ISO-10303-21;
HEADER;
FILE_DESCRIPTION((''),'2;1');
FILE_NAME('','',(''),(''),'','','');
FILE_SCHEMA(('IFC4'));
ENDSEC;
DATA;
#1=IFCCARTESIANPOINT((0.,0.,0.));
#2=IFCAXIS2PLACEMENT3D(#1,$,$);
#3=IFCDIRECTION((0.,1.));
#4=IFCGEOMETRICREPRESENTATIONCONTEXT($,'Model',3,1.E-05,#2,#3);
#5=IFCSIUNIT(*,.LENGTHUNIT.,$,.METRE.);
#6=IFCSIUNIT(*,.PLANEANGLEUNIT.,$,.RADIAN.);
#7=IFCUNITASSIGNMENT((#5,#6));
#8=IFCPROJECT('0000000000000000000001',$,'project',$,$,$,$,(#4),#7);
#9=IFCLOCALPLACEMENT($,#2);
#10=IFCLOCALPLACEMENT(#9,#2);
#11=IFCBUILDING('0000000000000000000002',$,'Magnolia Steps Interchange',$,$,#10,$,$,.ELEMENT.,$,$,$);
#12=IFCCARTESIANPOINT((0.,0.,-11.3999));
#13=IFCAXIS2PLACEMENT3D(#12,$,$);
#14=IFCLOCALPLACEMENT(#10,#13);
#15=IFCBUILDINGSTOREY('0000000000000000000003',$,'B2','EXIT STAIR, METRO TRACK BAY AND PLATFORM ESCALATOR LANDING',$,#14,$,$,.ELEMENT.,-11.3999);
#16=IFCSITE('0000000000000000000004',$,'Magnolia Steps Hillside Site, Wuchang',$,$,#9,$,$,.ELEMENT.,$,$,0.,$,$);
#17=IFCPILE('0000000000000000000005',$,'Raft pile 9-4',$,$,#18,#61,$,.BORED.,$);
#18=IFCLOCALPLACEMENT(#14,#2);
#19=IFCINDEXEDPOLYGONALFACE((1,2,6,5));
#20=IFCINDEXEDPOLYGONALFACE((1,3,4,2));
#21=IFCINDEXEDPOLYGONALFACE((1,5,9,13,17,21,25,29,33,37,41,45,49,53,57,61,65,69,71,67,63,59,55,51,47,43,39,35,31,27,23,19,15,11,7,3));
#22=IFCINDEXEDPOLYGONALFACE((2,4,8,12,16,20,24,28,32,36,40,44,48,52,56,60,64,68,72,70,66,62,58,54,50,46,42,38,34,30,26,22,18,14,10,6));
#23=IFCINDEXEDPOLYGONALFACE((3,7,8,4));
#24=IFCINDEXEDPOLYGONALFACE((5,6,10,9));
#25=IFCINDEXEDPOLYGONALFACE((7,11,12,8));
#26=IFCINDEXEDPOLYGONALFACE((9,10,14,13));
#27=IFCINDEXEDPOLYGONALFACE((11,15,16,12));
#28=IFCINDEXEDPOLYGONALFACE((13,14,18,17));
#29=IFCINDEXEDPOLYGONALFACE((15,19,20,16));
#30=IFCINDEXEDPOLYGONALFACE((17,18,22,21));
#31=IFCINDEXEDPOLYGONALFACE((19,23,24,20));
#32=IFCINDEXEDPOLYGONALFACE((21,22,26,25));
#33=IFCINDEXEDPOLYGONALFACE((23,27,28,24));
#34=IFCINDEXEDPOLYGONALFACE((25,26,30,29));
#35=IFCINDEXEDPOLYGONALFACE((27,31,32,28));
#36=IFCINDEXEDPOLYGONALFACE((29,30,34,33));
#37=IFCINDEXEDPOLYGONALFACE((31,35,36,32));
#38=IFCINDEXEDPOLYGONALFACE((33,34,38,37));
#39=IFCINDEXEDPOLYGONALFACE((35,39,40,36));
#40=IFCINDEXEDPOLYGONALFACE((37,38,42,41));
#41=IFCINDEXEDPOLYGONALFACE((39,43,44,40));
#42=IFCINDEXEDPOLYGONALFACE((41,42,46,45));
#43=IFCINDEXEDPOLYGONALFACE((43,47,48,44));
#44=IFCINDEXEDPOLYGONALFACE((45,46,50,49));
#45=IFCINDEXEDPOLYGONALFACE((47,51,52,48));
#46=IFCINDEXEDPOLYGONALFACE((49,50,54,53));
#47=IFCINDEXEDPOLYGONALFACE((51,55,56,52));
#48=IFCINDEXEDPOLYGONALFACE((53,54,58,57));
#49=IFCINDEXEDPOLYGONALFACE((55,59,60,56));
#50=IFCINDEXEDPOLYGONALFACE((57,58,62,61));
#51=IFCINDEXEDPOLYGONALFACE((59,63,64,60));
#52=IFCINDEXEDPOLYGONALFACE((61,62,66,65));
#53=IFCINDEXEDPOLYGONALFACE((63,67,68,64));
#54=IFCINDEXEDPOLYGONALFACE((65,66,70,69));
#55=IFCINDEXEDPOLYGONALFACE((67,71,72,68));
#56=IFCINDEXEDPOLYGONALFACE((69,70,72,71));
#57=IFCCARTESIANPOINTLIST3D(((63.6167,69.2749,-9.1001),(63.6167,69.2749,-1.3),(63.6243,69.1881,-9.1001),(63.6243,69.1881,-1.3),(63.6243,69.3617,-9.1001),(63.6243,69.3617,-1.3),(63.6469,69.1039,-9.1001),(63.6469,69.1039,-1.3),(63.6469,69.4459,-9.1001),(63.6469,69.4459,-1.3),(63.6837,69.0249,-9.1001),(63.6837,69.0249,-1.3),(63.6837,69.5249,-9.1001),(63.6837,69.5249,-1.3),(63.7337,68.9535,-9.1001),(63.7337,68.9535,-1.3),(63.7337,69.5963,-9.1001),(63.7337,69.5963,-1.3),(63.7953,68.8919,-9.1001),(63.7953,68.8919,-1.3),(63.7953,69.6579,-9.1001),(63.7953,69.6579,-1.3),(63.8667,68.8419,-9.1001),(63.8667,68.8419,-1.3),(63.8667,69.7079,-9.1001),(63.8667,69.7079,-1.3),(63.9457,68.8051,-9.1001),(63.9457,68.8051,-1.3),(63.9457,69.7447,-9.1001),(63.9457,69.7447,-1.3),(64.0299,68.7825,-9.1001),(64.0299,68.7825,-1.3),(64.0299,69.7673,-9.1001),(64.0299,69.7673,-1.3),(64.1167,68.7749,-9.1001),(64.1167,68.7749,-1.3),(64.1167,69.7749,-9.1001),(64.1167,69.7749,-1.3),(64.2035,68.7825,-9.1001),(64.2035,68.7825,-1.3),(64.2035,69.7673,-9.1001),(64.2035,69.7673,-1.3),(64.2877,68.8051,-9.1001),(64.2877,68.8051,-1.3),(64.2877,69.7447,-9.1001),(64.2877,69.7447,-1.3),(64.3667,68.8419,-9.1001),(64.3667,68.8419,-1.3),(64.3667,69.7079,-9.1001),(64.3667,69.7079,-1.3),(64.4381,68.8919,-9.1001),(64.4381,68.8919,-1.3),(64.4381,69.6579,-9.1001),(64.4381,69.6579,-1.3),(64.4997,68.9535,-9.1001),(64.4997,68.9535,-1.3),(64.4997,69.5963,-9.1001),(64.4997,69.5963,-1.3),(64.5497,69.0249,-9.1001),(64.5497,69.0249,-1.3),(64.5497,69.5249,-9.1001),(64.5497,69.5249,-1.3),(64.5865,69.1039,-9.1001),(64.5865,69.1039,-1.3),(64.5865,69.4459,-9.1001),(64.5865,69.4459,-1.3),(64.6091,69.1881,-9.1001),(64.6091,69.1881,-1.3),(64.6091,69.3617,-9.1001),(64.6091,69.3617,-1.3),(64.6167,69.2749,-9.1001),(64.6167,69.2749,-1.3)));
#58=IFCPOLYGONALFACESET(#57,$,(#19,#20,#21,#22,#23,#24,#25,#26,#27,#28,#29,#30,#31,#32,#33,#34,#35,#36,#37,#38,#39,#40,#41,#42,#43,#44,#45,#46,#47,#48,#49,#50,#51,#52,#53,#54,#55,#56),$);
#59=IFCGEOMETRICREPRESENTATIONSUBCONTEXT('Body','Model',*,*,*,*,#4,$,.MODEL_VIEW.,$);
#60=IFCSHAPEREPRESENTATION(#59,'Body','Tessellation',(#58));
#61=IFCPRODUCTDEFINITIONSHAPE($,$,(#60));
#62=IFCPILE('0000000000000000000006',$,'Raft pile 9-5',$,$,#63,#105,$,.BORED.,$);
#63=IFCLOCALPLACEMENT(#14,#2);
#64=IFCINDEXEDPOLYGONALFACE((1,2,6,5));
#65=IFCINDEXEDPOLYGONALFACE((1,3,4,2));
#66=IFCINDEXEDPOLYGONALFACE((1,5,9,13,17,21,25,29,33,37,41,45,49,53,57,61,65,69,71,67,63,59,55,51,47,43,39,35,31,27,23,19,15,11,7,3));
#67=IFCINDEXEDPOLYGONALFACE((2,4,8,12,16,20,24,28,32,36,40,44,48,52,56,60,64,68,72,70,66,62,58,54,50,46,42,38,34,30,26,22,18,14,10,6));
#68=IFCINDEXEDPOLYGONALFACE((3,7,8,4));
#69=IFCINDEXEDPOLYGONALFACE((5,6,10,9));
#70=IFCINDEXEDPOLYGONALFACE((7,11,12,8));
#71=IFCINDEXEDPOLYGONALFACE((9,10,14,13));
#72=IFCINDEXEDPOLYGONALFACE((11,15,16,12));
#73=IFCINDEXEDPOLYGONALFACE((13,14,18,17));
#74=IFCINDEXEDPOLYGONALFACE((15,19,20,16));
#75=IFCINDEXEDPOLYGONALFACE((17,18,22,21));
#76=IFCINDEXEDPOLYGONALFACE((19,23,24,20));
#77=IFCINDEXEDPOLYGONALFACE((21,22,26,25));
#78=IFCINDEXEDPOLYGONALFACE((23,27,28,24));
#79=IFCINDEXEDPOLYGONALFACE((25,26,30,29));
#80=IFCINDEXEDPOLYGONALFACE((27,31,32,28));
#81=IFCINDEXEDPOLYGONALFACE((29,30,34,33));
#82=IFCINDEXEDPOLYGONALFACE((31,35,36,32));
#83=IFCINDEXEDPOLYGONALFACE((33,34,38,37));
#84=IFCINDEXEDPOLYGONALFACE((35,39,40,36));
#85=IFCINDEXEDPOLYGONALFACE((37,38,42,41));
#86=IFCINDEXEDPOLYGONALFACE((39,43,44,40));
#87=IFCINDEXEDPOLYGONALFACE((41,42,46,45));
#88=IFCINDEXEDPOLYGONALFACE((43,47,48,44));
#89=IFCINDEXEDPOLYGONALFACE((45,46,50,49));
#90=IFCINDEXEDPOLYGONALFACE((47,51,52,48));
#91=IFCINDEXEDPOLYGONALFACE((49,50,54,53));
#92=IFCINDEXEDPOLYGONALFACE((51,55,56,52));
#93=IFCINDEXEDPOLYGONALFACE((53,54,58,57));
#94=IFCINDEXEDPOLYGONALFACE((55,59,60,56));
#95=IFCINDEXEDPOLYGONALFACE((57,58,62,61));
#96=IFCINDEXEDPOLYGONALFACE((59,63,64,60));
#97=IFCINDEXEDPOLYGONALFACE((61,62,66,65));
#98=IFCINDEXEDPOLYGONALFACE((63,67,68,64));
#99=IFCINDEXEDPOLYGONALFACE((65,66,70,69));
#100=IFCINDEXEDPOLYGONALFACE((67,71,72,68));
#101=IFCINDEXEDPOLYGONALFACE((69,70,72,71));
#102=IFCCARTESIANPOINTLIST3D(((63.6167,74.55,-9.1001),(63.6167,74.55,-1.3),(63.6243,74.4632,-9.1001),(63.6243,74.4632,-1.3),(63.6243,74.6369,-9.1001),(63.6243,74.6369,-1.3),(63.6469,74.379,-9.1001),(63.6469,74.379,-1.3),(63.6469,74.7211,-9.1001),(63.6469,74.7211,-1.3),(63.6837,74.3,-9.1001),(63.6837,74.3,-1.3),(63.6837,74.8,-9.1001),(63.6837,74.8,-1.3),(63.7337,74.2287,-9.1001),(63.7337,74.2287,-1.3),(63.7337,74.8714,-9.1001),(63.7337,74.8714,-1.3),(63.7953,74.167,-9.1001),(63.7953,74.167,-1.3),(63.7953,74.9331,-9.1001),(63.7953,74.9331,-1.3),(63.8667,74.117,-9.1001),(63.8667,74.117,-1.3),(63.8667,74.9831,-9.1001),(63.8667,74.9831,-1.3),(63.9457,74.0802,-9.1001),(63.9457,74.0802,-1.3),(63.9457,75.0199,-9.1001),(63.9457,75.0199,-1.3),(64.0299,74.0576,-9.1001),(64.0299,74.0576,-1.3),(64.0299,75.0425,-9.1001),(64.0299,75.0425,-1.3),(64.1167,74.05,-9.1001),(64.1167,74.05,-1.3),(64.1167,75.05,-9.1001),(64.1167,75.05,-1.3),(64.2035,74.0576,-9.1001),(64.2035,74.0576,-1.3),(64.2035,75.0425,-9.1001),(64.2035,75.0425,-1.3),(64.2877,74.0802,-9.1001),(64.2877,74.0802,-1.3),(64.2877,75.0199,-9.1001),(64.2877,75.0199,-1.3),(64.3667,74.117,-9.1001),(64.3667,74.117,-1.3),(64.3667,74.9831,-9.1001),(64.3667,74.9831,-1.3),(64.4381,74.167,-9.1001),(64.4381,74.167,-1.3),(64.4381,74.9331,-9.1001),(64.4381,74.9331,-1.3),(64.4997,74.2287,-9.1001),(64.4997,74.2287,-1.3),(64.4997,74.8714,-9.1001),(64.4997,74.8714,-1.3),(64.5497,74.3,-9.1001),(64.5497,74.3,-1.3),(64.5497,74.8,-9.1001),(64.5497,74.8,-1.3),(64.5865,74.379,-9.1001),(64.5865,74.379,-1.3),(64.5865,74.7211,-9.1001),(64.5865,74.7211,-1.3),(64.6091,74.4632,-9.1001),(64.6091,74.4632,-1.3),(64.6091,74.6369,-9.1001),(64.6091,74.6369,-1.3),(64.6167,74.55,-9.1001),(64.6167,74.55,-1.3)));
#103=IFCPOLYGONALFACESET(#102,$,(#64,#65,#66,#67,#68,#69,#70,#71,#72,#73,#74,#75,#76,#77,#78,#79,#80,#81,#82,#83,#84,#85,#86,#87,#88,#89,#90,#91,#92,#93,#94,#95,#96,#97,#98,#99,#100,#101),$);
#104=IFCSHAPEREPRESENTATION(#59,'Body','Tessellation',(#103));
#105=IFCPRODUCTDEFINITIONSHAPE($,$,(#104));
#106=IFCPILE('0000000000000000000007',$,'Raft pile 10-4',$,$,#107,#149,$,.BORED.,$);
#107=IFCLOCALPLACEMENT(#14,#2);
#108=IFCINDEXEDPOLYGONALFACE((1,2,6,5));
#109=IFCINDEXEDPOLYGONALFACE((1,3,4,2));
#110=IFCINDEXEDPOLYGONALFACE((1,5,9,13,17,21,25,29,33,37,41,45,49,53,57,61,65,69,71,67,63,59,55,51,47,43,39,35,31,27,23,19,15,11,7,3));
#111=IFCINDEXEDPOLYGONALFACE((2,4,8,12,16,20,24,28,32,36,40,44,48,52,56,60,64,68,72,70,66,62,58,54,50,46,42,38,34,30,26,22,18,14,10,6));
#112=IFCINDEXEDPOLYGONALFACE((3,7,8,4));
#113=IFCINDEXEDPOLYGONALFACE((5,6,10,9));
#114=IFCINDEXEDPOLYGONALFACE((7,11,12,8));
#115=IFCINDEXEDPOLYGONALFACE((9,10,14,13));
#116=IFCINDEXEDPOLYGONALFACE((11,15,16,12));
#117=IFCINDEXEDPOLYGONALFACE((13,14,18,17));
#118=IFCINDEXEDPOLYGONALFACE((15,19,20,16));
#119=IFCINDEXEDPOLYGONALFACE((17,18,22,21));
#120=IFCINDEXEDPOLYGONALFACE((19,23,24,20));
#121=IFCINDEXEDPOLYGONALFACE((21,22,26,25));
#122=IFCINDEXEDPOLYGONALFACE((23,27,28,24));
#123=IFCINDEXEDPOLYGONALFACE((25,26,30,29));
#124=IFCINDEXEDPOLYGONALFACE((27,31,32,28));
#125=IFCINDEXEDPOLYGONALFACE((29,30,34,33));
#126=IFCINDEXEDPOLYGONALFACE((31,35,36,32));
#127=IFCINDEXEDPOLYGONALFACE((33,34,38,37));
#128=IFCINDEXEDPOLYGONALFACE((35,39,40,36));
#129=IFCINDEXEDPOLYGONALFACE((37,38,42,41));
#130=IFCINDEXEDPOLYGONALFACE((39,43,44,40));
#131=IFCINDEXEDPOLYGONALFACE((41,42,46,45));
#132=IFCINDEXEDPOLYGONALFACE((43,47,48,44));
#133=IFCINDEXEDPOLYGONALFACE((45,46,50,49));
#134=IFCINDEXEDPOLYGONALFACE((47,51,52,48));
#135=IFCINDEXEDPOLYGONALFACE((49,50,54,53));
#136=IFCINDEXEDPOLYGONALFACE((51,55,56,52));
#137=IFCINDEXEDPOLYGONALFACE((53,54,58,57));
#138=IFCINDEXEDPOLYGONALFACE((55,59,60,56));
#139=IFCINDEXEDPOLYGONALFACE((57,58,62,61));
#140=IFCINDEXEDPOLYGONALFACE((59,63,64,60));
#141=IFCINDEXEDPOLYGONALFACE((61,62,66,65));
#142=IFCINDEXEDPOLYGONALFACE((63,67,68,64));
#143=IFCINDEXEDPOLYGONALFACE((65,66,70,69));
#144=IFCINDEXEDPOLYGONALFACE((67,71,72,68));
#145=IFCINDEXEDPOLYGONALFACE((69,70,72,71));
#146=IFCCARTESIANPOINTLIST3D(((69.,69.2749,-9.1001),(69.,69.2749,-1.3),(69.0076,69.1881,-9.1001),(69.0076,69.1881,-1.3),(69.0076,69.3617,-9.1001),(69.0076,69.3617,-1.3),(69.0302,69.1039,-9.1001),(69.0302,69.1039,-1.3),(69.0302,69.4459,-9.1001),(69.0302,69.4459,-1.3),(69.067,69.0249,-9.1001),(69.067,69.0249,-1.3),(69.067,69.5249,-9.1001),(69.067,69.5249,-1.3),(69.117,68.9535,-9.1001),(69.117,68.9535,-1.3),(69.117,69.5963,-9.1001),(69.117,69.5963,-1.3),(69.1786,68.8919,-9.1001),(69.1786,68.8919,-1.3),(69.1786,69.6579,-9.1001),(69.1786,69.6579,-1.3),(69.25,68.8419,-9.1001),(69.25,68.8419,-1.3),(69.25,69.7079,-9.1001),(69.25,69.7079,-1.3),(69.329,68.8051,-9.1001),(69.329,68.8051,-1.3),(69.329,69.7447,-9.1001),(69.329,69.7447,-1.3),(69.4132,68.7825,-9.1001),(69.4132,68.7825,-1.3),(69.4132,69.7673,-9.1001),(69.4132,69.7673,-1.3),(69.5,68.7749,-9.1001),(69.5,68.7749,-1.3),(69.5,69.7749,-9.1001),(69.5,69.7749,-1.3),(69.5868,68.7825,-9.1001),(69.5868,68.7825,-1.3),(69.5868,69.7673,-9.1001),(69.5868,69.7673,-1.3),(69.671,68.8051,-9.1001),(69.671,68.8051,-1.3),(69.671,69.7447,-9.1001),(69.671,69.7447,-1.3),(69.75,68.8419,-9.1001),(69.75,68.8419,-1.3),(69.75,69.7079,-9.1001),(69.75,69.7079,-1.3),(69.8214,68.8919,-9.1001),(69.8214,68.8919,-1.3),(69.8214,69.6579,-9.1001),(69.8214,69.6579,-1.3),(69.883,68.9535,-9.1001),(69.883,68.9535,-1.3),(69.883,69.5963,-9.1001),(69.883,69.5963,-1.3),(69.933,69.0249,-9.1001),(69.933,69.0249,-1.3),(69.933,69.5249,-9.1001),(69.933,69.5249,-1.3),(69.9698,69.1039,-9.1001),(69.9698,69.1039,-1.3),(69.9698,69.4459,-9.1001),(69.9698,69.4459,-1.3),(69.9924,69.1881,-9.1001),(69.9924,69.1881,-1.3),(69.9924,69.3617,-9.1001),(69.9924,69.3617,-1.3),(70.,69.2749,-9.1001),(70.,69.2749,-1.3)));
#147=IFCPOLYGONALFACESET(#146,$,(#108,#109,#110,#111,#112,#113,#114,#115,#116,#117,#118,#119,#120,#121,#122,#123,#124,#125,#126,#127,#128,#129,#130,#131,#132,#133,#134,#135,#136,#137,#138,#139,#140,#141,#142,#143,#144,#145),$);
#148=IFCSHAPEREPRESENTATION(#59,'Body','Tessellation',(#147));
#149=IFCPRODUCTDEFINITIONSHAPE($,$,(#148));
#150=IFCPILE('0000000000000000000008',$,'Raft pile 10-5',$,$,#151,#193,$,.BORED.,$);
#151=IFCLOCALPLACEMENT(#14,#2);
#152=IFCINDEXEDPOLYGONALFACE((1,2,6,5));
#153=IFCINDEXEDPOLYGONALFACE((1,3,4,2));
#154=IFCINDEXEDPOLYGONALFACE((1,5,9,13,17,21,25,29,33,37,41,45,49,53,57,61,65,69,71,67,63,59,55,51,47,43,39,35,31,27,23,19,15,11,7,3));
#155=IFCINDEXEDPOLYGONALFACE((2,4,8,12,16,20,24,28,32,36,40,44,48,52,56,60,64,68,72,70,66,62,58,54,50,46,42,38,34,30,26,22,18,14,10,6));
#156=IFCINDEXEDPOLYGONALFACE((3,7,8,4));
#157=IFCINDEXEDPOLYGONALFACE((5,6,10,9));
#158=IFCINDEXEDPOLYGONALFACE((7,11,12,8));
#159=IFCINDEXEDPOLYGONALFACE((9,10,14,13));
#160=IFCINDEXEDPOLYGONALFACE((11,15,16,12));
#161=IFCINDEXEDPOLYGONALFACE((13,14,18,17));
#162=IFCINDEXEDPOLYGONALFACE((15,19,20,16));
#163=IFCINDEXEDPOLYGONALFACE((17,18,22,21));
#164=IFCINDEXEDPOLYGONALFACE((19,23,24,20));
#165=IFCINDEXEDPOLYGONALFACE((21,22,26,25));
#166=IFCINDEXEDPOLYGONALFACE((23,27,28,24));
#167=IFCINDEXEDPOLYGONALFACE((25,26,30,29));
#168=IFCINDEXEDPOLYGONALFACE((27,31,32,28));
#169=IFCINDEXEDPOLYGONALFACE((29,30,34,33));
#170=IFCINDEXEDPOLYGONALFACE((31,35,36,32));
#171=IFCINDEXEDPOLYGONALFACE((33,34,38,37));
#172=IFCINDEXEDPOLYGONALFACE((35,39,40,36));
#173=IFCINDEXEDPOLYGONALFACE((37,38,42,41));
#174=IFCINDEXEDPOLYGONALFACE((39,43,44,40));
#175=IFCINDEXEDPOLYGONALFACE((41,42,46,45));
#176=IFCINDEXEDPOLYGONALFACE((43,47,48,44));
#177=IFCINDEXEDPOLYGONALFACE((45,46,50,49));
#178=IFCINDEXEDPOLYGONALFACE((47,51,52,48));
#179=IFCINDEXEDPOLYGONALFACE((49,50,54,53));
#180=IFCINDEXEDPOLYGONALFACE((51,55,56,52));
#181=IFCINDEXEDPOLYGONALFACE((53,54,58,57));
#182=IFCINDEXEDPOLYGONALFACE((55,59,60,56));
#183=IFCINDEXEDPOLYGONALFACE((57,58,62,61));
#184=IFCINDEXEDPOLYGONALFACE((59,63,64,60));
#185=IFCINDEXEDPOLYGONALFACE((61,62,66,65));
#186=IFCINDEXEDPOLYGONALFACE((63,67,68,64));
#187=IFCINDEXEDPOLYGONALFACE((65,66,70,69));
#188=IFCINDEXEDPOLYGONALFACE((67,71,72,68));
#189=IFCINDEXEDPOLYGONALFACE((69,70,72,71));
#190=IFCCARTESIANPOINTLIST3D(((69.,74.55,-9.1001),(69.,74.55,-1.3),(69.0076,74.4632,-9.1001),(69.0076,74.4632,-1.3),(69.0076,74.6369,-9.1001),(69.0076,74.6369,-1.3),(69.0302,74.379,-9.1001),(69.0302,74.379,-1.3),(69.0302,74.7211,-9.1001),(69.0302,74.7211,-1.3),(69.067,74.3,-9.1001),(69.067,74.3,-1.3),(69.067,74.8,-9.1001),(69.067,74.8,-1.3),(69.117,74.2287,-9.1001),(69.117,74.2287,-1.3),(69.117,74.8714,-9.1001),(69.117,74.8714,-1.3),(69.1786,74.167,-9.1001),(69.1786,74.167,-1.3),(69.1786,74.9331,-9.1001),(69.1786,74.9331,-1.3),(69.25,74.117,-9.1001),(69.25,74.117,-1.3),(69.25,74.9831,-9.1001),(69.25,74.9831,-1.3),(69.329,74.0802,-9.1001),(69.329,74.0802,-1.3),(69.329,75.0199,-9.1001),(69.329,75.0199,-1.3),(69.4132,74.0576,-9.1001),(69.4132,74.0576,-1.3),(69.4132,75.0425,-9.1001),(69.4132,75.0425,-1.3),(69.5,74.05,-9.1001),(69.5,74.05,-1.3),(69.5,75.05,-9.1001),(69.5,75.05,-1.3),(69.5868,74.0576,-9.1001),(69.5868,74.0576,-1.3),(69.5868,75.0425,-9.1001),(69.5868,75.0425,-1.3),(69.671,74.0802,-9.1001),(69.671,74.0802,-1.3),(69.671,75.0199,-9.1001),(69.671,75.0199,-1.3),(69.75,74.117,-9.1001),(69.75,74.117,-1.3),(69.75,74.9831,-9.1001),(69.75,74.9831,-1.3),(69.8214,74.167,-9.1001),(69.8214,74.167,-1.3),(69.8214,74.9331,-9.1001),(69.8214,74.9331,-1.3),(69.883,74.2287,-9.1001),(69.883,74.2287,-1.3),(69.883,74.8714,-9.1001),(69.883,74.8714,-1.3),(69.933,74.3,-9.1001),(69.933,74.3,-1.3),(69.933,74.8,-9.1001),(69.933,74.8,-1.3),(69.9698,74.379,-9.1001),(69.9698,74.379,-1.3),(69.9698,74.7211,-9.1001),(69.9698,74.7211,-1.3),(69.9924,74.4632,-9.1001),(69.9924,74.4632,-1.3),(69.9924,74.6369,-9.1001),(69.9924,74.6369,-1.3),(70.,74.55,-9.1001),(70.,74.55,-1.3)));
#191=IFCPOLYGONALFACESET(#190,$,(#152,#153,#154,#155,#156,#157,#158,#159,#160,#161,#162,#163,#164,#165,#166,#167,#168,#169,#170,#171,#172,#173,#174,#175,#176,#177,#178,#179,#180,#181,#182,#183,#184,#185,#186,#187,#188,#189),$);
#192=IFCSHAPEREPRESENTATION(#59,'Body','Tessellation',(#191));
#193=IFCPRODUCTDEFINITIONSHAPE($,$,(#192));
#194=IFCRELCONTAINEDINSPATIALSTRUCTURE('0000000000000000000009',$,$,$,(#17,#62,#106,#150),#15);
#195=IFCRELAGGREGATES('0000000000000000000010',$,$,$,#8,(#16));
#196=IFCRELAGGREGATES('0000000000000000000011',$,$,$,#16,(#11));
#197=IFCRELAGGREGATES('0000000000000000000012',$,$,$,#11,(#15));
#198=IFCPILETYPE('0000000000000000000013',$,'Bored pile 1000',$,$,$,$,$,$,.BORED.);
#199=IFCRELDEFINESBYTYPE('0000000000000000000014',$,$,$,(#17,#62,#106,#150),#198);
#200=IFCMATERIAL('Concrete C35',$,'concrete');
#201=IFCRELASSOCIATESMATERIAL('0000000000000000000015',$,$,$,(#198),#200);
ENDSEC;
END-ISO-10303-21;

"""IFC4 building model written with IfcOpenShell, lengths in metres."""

from ifc_helpers import new_model, si_unit, direction, frame, origin, origin_2d, place, context, subcontext, project, spatial, circle, extrude, material, material_profile, profile_set, type_object, element, save


model = new_model("IFC4")

# Units and contexts
model_context = context("Model", 3, precision=1e-05, world=origin(), true_north=direction((0.0, 1.0)))
body_context = subcontext(model_context, "Body", "Model", "MODEL_VIEW")
ifc_project = project(units=[si_unit("LENGTHUNIT", "METRE"), si_unit("PLANEANGLEUNIT", "RADIAN")], contexts=[model_context])

# Site, building, storey
site_placement = place(None, origin())
site = spatial("IfcSite", under=ifc_project, at=site_placement, Name="Magnolia Steps Hillside Site, Wuchang", CompositionType="ELEMENT", RefElevation=0.0)
building_placement = place(site_placement, origin())
building = spatial("IfcBuilding", under=site, at=building_placement, Name="Magnolia Steps Interchange", CompositionType="ELEMENT")
storey_placement = place(building_placement, frame((0.0, 0.0, -11.3999)))
storey = spatial("IfcBuildingStorey", under=building, at=storey_placement, Name="B2", Description="EXIT STAIR, METRO TRACK BAY AND PLATFORM ESCALATOR LANDING", CompositionType="ELEMENT", Elevation=-11.3999)

# Piles
ifc_material_1 = material(Name="Concrete C35", Category="concrete")
ifc_material_profile_1 = material_profile(ifc_material_1, circle(Radius=0.5, at=origin_2d()), Name="Bored pile 1000")
ifc_profile_set_1 = profile_set([ifc_material_profile_1], Name="Concrete C35")
pile_type_1 = type_object("IfcPileType", Name="Bored pile 1000", PredefinedType="BORED", material=ifc_profile_set_1)
for number, where, z_axis, x_axis, name in (
    (1, (64.1167, 69.2749, -1.3), (0.0, 0.0, -1.0), (1.0, 0.0, 0.0), "Raft pile 9-4"),
    (2, (64.1167, 74.55, -1.3), (0.0, 0.0, -1.0), (1.0, 0.0, 0.0), "Raft pile 9-5"),
    (3, (69.5, 69.2749, -1.3), (0.0, 0.0, -1.0), (1.0, 0.0, 0.0), "Raft pile 10-4"),
    (4, (69.5, 74.55, -1.3), (0.0, 0.0, -1.0), (1.0, 0.0, 0.0), "Raft pile 10-5"),
):
    element("IfcPile", number, at=place(storey_placement, frame(where, z_axis=z_axis, x_axis=x_axis)), inside=storey, type_object=pile_type_1, Name=name, PredefinedType="BORED", context=body_context, shape_type="SweptSolid", body=[
        extrude(circle(Radius=0.5, at=origin_2d()), origin(), (0.0, 0.0, 1.0), 7.8),
    ])

save(model, "model.ifc")
